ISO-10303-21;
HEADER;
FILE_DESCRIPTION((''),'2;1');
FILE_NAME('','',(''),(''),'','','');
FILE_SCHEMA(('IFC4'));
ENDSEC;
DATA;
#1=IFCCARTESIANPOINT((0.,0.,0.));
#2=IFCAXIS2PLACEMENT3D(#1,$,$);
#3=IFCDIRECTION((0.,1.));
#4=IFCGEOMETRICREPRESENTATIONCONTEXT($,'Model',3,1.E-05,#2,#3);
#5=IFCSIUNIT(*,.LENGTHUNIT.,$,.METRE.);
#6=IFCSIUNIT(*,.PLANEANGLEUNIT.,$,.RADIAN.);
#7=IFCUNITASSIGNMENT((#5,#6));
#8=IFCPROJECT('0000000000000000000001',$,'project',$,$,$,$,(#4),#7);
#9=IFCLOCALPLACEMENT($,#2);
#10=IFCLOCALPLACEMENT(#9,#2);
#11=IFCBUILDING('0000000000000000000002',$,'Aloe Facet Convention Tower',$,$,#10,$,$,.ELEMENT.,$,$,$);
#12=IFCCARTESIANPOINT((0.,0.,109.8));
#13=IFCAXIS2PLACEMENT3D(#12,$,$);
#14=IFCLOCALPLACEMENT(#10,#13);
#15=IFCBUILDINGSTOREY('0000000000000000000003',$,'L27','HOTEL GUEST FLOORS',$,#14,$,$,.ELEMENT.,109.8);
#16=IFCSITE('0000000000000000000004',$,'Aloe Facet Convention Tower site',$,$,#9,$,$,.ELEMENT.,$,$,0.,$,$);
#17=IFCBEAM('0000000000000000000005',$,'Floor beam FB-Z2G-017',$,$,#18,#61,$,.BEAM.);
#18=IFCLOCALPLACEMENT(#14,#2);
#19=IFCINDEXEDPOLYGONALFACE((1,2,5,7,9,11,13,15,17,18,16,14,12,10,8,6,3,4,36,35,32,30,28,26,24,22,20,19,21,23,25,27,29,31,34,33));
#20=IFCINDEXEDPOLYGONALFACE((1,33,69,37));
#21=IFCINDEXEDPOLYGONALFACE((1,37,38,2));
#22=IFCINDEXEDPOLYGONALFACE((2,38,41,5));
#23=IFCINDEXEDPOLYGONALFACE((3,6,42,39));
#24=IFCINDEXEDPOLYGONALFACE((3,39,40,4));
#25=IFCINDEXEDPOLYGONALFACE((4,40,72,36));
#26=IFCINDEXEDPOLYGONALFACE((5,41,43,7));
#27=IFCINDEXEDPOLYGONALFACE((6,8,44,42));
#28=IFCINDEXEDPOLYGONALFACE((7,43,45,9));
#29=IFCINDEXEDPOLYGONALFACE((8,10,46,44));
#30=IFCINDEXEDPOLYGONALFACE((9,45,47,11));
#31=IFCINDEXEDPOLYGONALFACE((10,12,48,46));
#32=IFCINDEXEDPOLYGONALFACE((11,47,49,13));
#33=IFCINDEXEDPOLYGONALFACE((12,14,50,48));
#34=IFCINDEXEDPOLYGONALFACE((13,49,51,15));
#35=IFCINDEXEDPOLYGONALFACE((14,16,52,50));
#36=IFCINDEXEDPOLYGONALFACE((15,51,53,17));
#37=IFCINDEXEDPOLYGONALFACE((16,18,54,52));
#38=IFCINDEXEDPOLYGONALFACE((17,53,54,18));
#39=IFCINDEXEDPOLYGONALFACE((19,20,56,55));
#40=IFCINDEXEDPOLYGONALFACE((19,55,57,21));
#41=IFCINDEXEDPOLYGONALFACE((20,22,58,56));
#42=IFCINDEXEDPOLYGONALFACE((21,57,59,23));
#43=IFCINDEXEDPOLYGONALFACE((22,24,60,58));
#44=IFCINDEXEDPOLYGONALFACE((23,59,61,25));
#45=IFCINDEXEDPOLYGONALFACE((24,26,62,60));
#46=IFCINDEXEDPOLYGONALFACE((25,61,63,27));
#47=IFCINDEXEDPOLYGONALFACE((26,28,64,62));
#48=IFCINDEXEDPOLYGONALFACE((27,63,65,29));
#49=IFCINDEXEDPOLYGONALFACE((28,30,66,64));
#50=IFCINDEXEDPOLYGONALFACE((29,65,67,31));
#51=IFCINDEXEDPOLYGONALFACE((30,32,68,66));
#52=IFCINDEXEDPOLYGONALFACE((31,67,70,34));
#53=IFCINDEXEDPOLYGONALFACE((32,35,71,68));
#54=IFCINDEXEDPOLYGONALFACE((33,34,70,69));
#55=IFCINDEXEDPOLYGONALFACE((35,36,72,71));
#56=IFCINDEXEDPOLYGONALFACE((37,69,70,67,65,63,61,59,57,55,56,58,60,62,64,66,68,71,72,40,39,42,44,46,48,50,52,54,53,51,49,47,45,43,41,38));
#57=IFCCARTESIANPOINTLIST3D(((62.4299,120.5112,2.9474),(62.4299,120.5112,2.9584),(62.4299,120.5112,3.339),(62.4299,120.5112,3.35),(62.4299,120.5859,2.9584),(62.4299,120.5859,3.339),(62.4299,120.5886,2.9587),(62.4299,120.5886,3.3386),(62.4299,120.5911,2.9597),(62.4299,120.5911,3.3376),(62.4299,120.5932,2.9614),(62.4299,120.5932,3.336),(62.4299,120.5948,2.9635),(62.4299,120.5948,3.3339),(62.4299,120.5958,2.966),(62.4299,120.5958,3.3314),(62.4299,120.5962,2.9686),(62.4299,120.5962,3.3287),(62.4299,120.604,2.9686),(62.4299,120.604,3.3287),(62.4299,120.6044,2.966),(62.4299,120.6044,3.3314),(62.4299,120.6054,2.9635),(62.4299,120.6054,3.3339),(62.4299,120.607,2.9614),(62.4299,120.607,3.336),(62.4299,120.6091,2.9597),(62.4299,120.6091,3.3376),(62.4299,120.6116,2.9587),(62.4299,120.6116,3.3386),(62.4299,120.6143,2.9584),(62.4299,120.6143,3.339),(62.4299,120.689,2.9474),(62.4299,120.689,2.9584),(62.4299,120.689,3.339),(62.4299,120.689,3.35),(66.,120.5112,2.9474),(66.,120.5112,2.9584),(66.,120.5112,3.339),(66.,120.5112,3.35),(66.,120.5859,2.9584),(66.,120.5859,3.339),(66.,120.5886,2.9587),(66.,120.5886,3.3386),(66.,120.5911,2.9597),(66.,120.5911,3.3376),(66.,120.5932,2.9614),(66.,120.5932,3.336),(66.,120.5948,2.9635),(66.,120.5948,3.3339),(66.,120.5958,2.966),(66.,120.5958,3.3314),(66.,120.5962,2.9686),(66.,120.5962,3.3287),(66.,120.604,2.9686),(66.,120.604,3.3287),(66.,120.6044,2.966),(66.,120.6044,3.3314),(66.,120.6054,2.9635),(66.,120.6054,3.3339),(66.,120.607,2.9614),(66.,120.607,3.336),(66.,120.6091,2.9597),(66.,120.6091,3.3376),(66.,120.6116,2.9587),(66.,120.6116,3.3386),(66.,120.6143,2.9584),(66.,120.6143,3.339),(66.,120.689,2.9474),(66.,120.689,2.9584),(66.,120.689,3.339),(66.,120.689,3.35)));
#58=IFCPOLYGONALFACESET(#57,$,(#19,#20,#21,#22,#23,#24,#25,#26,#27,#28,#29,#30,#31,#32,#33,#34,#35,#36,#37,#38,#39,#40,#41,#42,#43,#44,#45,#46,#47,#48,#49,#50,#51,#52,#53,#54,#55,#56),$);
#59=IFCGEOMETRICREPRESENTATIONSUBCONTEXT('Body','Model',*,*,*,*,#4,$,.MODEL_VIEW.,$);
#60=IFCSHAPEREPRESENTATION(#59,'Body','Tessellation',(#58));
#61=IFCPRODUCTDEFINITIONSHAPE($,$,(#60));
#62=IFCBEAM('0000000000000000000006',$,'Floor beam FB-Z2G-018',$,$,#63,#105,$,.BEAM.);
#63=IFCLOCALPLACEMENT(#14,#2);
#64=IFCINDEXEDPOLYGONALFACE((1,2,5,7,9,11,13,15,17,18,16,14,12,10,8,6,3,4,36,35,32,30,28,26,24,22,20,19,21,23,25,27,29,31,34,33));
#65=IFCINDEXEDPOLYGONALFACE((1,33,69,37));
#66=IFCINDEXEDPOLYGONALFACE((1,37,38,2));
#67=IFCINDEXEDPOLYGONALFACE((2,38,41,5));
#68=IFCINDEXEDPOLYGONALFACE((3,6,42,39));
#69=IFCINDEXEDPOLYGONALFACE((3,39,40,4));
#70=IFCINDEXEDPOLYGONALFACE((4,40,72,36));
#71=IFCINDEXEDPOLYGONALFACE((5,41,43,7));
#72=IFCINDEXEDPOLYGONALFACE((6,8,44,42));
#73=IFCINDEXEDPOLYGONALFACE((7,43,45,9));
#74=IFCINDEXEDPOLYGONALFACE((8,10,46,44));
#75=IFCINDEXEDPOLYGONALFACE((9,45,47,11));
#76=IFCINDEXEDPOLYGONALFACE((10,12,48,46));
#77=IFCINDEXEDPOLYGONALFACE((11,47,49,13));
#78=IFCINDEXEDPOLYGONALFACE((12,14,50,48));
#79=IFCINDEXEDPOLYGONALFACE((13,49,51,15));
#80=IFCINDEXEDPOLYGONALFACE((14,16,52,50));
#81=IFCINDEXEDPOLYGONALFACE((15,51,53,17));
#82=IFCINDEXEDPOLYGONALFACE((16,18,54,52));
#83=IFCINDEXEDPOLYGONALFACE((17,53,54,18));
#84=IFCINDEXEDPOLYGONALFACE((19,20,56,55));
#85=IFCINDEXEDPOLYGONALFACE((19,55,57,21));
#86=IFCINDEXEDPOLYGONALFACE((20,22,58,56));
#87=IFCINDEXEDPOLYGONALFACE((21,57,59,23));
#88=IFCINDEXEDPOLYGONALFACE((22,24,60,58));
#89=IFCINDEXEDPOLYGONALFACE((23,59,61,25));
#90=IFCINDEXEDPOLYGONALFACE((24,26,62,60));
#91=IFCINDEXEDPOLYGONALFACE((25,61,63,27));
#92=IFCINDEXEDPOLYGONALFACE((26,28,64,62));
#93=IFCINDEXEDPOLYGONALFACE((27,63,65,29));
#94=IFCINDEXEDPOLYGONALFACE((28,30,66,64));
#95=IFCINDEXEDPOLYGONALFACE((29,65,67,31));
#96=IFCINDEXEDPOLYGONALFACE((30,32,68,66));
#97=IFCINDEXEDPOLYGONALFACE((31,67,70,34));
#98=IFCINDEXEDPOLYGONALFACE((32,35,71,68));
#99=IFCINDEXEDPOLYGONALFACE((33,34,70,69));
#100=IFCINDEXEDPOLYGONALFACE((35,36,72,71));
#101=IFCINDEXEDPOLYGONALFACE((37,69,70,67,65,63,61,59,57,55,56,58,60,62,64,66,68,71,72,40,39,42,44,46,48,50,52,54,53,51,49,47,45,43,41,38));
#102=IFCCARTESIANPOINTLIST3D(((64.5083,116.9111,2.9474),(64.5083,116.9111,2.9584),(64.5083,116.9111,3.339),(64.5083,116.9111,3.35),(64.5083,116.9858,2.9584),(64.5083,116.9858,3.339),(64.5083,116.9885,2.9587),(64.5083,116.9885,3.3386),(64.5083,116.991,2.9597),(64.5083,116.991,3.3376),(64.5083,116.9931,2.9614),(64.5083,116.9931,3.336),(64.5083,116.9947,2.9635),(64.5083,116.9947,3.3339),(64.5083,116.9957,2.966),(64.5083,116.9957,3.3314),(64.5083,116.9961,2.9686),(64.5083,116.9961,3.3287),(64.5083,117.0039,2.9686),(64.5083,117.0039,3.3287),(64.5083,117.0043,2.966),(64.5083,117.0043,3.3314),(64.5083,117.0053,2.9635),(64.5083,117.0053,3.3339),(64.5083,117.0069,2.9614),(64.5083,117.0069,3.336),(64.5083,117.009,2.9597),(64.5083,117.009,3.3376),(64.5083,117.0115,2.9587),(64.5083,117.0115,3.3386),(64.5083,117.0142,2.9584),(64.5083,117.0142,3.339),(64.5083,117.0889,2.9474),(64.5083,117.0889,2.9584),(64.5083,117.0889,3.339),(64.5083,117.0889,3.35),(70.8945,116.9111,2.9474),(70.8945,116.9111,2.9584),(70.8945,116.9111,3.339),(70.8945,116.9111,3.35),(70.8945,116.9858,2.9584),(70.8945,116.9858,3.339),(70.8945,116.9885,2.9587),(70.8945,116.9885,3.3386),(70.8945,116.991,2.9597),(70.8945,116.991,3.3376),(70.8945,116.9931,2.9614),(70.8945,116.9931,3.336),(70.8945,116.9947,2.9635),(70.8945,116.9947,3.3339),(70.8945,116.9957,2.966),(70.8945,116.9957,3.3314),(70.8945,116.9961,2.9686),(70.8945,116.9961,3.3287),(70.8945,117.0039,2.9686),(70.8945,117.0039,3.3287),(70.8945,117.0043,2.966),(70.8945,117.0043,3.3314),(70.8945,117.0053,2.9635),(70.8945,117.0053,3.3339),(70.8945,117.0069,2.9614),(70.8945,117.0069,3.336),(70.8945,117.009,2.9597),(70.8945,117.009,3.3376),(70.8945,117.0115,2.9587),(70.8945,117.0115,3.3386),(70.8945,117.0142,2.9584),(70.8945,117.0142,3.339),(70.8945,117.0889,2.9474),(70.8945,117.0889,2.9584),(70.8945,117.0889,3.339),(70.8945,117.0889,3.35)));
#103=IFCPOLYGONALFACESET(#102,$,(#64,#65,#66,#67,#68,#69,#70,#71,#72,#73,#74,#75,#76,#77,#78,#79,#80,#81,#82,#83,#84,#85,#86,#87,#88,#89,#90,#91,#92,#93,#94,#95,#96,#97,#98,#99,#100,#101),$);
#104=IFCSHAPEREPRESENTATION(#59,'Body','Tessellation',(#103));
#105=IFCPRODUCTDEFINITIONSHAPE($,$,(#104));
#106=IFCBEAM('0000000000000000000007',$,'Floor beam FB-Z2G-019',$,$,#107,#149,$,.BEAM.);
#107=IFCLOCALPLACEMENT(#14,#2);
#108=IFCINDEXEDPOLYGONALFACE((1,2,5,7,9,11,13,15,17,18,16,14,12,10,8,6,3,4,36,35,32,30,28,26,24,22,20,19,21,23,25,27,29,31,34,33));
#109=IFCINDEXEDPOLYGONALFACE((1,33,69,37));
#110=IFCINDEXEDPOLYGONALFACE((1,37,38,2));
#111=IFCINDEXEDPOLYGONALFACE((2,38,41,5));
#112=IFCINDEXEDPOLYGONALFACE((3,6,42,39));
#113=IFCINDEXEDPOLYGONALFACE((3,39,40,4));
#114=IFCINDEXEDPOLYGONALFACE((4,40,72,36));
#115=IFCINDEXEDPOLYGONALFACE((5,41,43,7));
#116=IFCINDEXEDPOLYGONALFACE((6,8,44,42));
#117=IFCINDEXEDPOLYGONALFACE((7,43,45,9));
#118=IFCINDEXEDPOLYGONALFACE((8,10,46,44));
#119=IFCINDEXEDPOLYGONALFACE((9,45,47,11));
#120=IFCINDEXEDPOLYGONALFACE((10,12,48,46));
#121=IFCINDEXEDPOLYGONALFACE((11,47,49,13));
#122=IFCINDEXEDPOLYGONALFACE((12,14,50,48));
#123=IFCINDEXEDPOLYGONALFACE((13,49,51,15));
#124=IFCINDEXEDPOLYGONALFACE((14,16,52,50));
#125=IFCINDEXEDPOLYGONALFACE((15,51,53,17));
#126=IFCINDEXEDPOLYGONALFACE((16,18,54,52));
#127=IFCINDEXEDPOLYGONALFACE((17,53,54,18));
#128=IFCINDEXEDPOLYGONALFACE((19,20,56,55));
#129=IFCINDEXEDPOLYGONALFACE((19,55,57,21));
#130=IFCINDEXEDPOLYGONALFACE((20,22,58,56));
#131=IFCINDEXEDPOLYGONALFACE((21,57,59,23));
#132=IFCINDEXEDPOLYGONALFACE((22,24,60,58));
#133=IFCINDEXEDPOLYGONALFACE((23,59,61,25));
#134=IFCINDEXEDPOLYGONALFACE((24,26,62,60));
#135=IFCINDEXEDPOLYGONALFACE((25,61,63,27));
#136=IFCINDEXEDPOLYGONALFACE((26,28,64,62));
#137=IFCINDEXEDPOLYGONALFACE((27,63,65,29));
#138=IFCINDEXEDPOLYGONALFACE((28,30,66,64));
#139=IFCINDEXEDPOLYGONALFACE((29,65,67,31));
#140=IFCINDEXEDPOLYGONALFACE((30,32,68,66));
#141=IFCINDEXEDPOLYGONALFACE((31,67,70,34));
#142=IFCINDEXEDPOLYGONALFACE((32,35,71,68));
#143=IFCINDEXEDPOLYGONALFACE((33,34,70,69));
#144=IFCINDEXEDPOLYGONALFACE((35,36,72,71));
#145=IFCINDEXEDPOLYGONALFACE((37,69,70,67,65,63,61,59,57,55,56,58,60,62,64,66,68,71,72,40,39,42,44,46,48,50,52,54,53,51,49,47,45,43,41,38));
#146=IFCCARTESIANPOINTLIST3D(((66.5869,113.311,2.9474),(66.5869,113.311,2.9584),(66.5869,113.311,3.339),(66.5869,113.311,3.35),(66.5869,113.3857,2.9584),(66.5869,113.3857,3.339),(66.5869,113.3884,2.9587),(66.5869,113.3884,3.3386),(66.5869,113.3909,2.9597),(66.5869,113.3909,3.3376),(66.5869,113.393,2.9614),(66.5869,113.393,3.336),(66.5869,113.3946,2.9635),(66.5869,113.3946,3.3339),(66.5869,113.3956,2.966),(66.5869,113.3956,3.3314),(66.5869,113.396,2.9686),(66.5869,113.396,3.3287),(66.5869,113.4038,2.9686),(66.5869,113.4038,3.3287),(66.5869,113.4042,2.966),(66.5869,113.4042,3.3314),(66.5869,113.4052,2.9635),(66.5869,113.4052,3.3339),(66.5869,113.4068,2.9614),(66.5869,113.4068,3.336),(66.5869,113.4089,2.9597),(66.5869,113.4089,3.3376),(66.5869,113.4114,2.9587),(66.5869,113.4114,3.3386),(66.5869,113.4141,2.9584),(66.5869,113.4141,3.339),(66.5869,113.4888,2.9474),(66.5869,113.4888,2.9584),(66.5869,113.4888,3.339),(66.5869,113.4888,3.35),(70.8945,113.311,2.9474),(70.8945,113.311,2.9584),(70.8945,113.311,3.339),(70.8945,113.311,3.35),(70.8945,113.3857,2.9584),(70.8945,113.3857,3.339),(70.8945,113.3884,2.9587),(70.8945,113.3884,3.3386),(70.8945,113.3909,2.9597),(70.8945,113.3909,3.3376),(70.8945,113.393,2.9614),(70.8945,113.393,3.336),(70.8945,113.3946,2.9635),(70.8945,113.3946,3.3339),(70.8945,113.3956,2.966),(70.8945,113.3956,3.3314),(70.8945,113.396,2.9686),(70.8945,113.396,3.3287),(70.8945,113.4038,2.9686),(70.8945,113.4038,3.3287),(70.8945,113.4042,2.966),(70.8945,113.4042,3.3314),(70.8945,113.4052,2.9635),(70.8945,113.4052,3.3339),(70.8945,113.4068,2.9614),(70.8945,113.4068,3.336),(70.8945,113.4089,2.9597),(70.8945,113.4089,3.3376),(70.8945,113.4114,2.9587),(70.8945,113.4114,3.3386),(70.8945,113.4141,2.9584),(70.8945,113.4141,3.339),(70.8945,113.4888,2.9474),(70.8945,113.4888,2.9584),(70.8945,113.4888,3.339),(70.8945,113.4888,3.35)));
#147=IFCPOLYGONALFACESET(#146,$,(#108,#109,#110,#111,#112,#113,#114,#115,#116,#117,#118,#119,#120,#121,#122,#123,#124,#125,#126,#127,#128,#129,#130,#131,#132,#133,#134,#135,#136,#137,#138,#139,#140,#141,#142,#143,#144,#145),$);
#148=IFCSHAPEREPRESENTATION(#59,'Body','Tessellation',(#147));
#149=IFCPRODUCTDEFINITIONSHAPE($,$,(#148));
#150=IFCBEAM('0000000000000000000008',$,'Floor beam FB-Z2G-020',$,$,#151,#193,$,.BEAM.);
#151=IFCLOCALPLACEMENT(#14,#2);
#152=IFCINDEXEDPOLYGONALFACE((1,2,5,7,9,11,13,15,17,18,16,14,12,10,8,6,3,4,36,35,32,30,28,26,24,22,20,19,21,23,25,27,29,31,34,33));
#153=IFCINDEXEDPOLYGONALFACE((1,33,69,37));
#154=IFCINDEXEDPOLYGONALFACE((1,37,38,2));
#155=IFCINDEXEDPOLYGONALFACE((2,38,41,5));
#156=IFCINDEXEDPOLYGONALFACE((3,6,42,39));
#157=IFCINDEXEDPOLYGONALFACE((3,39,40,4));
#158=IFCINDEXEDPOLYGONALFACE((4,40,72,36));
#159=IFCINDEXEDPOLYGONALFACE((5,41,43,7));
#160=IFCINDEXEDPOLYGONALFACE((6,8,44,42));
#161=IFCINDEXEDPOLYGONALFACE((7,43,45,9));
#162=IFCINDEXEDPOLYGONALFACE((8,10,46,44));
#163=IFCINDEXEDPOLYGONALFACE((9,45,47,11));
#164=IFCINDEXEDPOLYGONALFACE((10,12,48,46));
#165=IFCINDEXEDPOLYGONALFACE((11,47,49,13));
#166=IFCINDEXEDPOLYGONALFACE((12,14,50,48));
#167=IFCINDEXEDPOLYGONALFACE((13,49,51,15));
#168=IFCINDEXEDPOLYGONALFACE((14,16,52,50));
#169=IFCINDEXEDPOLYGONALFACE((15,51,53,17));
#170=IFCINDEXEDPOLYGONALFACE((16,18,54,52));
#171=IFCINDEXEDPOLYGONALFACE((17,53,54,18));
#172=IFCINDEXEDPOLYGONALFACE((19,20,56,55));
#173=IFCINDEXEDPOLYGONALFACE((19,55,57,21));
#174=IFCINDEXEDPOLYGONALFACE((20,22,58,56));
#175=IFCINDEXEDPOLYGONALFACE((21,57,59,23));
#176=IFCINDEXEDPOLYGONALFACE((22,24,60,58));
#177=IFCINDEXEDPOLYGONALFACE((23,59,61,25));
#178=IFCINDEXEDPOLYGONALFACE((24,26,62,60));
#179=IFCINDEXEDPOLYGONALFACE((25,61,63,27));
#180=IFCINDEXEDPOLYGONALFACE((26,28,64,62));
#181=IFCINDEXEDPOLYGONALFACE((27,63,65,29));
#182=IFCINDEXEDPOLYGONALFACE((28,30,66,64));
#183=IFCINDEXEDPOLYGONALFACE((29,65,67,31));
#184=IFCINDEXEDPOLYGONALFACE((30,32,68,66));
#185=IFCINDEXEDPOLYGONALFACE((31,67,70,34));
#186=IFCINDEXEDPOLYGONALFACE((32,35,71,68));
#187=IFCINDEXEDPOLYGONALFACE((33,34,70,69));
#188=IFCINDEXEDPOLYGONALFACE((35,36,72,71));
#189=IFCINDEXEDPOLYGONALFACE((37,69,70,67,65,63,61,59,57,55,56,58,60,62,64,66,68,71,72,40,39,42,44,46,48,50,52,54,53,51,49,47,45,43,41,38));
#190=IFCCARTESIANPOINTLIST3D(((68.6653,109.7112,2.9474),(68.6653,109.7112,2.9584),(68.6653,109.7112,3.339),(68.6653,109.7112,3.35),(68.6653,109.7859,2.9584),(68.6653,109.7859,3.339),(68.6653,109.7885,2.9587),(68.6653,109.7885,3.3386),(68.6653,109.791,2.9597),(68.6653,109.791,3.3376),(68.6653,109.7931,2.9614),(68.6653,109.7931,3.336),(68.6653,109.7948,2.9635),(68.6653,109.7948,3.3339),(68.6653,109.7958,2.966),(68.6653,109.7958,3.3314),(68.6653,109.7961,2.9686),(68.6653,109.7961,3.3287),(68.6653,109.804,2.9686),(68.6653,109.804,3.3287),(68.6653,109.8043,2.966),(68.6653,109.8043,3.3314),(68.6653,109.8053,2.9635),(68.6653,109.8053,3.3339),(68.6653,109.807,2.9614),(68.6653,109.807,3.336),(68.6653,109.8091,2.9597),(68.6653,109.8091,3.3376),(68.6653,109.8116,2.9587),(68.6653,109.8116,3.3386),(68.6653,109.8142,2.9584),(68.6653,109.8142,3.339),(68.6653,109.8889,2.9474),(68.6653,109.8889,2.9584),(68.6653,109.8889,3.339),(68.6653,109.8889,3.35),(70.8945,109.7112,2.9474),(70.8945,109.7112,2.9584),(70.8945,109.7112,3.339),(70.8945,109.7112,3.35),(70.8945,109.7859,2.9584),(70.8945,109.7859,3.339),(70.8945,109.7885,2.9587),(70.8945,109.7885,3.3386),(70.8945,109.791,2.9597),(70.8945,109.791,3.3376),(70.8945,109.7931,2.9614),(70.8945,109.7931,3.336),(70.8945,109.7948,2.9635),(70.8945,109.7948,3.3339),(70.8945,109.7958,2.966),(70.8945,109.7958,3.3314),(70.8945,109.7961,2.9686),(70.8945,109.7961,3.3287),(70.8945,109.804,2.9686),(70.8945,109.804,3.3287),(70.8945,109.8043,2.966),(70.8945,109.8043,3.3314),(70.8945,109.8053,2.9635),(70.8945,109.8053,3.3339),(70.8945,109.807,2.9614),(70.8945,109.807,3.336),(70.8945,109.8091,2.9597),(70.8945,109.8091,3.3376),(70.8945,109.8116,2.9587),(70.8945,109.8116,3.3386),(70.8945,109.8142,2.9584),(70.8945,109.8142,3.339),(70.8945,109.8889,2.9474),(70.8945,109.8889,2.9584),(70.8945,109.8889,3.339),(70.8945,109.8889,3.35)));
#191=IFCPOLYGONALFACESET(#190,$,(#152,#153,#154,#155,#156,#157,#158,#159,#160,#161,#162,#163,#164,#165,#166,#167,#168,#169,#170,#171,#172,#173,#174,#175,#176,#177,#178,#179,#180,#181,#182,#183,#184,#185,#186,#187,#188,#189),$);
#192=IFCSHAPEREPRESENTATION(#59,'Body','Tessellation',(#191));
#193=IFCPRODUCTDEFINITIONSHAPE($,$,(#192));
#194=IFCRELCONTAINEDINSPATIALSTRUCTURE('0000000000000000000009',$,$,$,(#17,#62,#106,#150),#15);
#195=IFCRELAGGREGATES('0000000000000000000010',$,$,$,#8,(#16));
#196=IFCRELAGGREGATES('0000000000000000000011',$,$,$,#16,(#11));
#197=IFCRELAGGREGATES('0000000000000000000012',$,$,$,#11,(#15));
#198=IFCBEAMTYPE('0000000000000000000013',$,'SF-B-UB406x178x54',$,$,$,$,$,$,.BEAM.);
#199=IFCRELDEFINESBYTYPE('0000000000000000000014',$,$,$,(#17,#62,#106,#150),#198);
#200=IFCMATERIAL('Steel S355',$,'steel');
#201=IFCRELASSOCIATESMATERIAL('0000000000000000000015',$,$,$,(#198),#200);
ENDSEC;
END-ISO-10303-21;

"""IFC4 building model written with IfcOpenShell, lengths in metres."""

from ifc_helpers import new_model, si_unit, direction, frame, origin, origin_2d, place, context, subcontext, project, spatial, i_section, extrude, material, material_profile, profile_set, type_object, element, save


model = new_model("IFC4")

# Units and contexts
model_context = context("Model", 3, precision=1e-05, world=origin(), true_north=direction((0.0, 1.0)))
body_context = subcontext(model_context, "Body", "Model", "MODEL_VIEW")
ifc_project = project(units=[si_unit("LENGTHUNIT", "METRE"), si_unit("PLANEANGLEUNIT", "RADIAN")], contexts=[model_context])

# Site, building, storey
site_placement = place(None, origin())
site = spatial("IfcSite", under=ifc_project, at=site_placement, Name="Aloe Facet Convention Tower site", CompositionType="ELEMENT", RefElevation=0.0)
building_placement = place(site_placement, origin())
building = spatial("IfcBuilding", under=site, at=building_placement, Name="Aloe Facet Convention Tower", CompositionType="ELEMENT")
storey_placement = place(building_placement, frame((0.0, 0.0, 109.8)))
storey = spatial("IfcBuildingStorey", under=building, at=storey_placement, Name="L27", Description="HOTEL GUEST FLOORS", CompositionType="ELEMENT", Elevation=109.8)

# Beams
ifc_material_1 = material(Name="Steel S355", Category="steel")
ifc_material_profile_1 = material_profile(ifc_material_1, i_section(OverallWidth=0.1777, OverallDepth=0.4026, WebThickness=0.0078, FlangeThickness=0.011, FilletRadius=0.0103, at=origin_2d()), Name="UB 406x178x54")
ifc_profile_set_1 = profile_set([ifc_material_profile_1], Name="Steel S355")
beam_type = type_object("IfcBeamType", Name="SF-B-UB406x178x54", PredefinedType="BEAM", material=ifc_profile_set_1)
beam_1_placement = place(storey_placement, frame((62.4299, 120.6001, 3.1487), z_axis=(1.0, 0.0, 0.0), x_axis=(0.0, 1.0, 0.0)))
element("IfcBeam", 1, at=beam_1_placement, inside=storey, type_object=beam_type, Name="Floor beam FB-Z2G-017", PredefinedType="BEAM", context=body_context, shape_type="SweptSolid", body=[
    extrude(i_section(OverallWidth=0.1777, OverallDepth=0.4026, WebThickness=0.0078, FlangeThickness=0.011, FilletRadius=0.0103, at=origin_2d()), origin(), (0.0, 0.0, 1.0), 3.5701),
])
beam_2_placement = place(storey_placement, frame((64.5083, 117.0, 3.1487), z_axis=(1.0, 0.0, 0.0), x_axis=(0.0, 1.0, 0.0)))
element("IfcBeam", 2, at=beam_2_placement, inside=storey, type_object=beam_type, Name="Floor beam FB-Z2G-018", PredefinedType="BEAM", context=body_context, shape_type="SweptSolid", body=[
    extrude(i_section(OverallWidth=0.1777, OverallDepth=0.4026, WebThickness=0.0078, FlangeThickness=0.011, FilletRadius=0.0103, at=origin_2d()), origin(), (0.0, 0.0, 1.0), 6.3862),
])
beam_3_placement = place(storey_placement, frame((66.5869, 113.3999, 3.1487), z_axis=(1.0, 0.0, 0.0), x_axis=(0.0, 1.0, 0.0)))
element("IfcBeam", 3, at=beam_3_placement, inside=storey, type_object=beam_type, Name="Floor beam FB-Z2G-019", PredefinedType="BEAM", context=body_context, shape_type="SweptSolid", body=[
    extrude(i_section(OverallWidth=0.1777, OverallDepth=0.4026, WebThickness=0.0078, FlangeThickness=0.011, FilletRadius=0.0103, at=origin_2d()), origin(), (0.0, 0.0, 1.0), 4.3076),
])
beam_4_placement = place(storey_placement, frame((68.6653, 109.8, 3.1487), z_axis=(1.0, 0.0, 0.0), x_axis=(0.0, 1.0, 0.0)))
element("IfcBeam", 4, at=beam_4_placement, inside=storey, type_object=beam_type, Name="Floor beam FB-Z2G-020", PredefinedType="BEAM", context=body_context, shape_type="SweptSolid", body=[
    extrude(i_section(OverallWidth=0.1777, OverallDepth=0.4026, WebThickness=0.0078, FlangeThickness=0.011, FilletRadius=0.0103, at=origin_2d()), origin(), (0.0, 0.0, 1.0), 2.2292),
])

save(model, "model.ifc")
